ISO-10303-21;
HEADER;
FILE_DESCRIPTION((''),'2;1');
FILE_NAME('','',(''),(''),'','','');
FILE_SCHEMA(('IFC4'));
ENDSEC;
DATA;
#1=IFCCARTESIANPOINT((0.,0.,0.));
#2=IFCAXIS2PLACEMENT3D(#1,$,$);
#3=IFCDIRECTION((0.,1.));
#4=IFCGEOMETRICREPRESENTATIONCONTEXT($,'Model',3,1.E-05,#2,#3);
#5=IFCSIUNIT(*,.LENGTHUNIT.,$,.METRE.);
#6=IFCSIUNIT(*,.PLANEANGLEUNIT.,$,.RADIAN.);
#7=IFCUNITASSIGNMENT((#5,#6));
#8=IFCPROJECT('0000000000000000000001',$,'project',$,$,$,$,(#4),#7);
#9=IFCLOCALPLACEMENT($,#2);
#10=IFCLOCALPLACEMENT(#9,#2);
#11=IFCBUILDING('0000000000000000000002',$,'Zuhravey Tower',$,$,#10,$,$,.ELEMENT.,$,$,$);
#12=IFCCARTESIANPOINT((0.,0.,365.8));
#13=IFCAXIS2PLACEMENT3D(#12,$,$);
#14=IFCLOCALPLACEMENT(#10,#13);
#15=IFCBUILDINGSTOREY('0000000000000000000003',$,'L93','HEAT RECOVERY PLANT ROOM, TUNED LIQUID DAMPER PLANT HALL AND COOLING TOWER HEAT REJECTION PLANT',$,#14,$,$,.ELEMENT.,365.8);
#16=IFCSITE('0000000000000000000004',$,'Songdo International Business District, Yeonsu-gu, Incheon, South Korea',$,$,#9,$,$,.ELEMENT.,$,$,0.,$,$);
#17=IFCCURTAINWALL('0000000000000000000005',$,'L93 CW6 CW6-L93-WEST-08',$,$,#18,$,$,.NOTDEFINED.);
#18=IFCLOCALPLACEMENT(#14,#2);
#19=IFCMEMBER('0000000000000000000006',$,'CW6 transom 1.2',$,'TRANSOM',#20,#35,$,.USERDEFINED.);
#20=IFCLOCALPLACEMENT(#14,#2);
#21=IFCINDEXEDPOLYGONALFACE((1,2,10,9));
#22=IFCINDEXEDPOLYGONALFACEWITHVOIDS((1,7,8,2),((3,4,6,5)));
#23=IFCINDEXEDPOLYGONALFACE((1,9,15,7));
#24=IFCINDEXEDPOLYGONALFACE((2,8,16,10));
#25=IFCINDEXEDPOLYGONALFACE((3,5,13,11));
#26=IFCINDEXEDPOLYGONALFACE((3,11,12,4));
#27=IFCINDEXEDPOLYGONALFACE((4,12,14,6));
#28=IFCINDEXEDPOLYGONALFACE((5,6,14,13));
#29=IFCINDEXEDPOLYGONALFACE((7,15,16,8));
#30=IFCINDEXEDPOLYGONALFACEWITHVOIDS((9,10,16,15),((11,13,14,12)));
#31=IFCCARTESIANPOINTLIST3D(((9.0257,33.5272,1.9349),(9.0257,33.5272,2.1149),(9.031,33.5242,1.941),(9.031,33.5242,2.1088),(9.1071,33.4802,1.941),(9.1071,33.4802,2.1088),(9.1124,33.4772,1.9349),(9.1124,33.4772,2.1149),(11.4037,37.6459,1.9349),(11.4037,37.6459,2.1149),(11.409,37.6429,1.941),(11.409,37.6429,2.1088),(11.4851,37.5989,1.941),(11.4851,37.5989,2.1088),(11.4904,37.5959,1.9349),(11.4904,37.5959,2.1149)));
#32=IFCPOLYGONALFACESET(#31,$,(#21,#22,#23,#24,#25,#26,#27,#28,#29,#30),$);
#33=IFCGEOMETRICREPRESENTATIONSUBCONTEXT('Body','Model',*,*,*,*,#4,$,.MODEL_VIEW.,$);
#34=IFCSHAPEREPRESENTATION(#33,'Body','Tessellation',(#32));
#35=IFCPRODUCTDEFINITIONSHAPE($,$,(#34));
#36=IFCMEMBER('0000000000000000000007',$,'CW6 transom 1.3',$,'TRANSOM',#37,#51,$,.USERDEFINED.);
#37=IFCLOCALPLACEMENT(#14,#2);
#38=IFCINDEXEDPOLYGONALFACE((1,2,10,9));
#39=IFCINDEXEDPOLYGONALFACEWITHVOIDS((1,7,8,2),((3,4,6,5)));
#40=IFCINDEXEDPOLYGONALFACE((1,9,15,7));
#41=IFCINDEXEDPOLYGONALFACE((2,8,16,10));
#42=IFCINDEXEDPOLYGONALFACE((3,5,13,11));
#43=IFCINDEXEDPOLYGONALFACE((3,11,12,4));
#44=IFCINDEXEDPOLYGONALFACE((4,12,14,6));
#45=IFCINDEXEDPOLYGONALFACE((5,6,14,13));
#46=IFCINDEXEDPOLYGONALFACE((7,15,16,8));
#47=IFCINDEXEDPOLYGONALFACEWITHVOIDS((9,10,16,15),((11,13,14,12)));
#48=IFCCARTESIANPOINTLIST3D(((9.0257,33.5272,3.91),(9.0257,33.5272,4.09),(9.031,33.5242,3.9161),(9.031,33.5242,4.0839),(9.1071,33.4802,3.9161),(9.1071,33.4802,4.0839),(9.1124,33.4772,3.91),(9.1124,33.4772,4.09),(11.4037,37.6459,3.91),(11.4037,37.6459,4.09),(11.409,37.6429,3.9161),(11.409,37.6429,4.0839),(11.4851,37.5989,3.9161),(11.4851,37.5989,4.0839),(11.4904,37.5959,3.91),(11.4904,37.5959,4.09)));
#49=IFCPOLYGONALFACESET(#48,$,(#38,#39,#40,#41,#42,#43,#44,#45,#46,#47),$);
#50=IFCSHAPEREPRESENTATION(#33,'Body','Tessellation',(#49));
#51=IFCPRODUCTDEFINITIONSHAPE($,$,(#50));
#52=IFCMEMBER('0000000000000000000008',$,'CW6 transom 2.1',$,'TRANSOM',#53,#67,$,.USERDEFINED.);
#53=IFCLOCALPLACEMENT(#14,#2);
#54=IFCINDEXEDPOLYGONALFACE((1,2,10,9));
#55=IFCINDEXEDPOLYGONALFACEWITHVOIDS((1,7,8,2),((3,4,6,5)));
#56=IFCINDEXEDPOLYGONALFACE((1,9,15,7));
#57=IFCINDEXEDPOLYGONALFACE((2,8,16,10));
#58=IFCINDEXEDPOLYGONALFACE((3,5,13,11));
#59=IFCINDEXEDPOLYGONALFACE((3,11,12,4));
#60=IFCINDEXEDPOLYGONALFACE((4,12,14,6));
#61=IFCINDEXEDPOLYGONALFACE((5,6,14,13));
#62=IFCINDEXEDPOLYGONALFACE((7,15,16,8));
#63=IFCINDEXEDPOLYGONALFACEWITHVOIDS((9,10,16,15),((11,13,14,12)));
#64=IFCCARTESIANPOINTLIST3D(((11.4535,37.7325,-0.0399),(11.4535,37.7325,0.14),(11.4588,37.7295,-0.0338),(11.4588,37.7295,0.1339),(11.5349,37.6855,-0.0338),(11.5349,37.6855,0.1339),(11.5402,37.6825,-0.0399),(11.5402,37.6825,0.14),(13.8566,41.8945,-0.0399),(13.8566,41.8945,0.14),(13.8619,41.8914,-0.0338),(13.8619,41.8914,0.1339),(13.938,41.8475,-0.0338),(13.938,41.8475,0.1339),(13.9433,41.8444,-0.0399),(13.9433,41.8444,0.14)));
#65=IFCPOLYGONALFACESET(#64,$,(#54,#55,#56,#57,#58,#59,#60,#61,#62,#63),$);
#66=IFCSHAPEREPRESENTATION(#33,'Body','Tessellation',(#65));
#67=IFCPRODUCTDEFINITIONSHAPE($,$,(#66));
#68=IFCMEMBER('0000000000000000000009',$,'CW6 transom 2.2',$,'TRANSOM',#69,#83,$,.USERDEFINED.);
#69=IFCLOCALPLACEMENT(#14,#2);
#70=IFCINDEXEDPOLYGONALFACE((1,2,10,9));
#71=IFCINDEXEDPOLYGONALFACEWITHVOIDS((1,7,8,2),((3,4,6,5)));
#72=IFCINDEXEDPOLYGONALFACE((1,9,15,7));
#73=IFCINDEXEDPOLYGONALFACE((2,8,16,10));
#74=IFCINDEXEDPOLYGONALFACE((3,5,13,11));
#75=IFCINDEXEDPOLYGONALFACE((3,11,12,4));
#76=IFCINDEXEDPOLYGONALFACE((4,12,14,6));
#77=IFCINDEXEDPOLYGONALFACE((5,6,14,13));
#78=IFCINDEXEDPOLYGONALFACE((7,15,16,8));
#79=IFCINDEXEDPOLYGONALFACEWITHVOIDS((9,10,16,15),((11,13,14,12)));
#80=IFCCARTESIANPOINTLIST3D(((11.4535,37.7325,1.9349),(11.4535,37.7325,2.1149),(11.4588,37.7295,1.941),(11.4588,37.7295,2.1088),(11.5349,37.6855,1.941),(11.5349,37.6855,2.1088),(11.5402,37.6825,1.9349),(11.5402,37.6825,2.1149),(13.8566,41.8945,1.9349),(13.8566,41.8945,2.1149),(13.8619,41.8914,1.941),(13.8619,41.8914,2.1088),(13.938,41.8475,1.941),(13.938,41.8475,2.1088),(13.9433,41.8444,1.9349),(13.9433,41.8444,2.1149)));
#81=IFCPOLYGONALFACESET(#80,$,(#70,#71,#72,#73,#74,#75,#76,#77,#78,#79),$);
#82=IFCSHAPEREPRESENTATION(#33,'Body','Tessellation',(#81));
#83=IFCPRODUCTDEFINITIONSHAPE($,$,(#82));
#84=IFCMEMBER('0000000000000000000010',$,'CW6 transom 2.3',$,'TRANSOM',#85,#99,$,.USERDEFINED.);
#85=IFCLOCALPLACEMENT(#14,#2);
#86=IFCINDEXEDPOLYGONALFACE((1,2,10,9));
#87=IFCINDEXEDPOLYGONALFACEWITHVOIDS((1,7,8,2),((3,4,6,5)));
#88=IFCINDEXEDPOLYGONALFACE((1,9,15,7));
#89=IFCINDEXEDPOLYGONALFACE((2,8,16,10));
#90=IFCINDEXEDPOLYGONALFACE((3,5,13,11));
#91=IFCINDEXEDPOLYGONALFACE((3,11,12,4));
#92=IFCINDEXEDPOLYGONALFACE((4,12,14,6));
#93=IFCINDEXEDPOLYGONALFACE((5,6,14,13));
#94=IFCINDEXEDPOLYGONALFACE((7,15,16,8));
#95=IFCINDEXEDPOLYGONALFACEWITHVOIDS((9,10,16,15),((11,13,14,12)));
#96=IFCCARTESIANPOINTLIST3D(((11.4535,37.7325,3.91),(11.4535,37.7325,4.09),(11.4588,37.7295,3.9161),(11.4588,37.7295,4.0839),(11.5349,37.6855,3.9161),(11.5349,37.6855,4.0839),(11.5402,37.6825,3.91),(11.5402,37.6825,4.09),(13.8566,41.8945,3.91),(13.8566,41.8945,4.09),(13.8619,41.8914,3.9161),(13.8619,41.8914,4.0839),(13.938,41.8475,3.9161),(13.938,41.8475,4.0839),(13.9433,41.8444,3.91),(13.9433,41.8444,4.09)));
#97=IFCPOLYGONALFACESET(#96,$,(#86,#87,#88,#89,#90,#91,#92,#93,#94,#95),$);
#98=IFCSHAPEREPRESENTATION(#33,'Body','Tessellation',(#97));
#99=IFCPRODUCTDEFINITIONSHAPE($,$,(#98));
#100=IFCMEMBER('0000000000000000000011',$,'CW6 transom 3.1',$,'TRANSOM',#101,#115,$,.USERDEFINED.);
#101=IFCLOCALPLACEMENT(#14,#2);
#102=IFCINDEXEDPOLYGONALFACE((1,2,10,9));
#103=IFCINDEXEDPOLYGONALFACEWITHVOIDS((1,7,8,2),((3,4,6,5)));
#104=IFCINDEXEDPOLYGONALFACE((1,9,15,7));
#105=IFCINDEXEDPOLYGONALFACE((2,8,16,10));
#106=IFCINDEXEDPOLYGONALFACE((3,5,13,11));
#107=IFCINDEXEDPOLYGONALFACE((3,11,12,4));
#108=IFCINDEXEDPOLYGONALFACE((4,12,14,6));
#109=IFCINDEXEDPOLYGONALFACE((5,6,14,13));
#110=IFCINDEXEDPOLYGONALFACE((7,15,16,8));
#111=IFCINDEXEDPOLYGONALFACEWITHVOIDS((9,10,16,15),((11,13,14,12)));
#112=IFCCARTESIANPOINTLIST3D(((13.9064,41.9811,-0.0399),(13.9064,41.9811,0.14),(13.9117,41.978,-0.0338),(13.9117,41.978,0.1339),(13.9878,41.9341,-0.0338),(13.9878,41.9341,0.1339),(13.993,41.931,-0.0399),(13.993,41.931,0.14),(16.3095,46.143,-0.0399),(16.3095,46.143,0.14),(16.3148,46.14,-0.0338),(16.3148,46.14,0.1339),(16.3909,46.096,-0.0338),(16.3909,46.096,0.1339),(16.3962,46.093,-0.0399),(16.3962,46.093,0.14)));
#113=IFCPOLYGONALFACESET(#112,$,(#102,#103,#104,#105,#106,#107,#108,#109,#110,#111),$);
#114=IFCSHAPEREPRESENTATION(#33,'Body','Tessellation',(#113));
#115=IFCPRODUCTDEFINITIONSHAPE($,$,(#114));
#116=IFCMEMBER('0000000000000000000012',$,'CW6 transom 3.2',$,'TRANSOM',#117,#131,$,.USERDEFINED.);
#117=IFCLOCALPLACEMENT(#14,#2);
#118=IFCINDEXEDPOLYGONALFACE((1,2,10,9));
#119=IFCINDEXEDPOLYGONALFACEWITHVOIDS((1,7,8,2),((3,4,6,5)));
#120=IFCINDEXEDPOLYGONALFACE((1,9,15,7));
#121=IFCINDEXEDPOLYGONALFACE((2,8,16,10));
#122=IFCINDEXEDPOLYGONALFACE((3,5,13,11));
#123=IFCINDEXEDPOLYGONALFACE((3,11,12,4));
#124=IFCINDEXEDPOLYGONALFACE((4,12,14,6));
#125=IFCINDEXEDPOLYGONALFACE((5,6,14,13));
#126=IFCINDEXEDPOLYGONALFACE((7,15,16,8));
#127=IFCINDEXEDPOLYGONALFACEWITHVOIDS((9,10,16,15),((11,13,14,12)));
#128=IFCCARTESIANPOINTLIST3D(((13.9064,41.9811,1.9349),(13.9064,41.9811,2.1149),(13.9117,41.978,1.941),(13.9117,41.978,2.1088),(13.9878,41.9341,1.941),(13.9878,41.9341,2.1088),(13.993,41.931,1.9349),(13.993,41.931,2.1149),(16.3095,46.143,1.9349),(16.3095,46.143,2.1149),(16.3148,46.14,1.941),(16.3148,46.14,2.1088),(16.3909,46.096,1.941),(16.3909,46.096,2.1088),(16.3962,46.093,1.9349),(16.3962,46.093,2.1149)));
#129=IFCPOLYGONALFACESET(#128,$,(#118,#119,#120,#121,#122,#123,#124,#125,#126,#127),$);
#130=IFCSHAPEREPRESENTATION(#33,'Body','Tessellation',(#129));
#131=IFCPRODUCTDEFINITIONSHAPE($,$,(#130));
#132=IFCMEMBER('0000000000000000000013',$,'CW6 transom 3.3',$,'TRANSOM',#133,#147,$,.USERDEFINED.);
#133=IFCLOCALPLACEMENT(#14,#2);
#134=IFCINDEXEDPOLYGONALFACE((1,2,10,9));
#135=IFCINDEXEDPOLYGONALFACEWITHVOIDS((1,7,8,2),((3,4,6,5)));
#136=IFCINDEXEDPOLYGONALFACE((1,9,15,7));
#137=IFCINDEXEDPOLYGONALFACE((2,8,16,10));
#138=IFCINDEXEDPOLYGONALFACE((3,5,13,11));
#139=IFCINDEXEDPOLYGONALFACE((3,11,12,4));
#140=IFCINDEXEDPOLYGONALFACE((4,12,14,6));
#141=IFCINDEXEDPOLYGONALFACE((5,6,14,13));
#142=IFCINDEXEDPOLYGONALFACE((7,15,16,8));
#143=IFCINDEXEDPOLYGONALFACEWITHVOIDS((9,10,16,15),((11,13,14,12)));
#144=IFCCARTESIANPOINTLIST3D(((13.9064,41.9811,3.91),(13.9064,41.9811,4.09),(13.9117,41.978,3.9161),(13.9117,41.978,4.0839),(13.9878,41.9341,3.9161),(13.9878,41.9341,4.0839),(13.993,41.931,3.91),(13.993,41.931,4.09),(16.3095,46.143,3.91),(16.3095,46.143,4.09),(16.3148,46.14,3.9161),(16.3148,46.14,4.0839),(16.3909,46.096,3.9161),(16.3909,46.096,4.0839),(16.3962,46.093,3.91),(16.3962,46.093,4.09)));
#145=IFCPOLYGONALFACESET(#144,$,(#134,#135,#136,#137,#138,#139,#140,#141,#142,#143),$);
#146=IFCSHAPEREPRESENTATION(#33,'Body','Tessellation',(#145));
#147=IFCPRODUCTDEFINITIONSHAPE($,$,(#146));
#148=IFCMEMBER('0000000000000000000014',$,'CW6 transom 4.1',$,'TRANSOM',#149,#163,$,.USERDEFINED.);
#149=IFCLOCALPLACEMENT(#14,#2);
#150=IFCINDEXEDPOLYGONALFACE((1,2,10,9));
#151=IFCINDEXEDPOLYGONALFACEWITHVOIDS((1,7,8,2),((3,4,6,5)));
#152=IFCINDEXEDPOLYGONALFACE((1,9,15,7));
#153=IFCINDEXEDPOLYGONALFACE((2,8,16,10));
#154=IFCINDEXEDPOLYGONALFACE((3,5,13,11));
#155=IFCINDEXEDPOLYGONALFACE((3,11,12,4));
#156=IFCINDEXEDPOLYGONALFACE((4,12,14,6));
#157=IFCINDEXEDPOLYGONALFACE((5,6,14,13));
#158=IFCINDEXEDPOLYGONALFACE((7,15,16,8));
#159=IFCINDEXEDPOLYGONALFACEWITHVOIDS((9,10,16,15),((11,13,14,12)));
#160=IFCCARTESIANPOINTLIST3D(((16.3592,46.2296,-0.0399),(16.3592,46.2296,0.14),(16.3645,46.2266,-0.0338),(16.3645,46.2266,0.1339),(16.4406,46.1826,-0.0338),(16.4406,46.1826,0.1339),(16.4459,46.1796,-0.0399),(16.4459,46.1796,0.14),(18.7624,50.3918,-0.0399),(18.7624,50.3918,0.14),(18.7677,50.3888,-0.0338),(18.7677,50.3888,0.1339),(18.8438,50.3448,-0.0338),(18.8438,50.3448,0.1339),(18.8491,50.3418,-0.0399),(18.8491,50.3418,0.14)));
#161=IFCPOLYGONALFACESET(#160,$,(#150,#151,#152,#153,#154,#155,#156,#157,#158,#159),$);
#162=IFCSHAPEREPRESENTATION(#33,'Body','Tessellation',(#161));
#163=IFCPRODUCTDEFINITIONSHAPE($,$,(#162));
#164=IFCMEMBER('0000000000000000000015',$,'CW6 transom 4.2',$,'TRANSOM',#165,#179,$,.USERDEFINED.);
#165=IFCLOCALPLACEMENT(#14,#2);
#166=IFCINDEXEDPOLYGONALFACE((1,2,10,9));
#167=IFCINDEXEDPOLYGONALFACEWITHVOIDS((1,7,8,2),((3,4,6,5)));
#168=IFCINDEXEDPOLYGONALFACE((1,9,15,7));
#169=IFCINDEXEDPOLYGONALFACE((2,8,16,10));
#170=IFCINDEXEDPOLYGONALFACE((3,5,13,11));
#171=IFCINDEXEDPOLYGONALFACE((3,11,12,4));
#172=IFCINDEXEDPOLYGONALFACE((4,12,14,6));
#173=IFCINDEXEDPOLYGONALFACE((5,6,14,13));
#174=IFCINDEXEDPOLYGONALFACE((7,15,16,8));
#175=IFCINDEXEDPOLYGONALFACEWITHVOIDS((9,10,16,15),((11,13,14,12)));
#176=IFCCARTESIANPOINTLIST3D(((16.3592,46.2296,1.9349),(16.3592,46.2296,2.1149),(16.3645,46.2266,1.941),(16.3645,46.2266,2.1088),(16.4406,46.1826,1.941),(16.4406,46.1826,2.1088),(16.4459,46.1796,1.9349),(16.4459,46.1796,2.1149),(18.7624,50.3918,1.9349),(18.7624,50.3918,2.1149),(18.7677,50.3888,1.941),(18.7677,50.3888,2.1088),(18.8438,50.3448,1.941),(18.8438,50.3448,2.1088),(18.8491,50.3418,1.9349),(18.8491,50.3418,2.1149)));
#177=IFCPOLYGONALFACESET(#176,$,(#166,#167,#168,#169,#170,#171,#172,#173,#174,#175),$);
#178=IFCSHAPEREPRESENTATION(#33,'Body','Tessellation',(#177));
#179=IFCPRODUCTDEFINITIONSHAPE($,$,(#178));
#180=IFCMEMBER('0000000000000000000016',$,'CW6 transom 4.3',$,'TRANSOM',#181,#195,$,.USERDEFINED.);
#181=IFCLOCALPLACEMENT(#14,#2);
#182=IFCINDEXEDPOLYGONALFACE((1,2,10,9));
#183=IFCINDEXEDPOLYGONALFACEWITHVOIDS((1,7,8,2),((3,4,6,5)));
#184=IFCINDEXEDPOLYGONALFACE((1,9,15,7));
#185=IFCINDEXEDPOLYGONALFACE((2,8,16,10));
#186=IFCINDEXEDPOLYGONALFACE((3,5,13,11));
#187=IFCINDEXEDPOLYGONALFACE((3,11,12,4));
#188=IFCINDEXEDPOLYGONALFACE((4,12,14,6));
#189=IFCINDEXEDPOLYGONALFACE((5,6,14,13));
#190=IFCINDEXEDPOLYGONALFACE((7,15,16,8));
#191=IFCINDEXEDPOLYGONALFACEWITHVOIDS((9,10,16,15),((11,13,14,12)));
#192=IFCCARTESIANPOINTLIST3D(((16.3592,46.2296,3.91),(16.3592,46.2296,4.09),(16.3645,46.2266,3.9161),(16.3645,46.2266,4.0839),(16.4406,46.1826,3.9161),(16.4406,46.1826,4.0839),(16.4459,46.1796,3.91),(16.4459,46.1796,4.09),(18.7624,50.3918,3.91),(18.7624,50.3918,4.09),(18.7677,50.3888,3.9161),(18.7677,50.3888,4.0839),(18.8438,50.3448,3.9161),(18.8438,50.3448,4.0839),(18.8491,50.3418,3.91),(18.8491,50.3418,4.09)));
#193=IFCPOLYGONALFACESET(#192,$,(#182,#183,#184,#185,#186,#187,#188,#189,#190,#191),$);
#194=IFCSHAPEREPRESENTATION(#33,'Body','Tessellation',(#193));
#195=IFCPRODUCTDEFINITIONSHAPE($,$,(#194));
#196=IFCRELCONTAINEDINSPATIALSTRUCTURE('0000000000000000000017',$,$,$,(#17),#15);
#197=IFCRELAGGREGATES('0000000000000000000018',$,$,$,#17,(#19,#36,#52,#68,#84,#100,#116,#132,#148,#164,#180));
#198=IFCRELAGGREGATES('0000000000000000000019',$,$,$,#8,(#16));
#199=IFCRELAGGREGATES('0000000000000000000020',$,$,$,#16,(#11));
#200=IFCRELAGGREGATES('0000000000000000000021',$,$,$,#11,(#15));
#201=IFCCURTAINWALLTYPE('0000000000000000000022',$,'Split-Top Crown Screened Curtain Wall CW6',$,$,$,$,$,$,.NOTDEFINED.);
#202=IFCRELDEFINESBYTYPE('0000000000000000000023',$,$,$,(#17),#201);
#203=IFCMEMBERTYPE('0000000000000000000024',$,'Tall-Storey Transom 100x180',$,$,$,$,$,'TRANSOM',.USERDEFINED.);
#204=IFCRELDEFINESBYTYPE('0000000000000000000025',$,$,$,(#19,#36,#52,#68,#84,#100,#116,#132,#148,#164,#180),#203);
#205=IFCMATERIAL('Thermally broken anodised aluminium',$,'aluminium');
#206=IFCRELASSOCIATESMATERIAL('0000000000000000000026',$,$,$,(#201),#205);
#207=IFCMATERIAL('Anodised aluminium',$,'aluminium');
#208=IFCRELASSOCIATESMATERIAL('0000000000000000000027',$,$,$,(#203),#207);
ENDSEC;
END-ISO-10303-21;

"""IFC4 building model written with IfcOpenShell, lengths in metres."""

from ifc_helpers import new_model, si_unit, direction, frame, origin, origin_2d, place, context, subcontext, project, spatial, hollow_rectangle, extrude, material, material_profile, profile_set, type_object, element, aggregate, save


model = new_model("IFC4")

# Units and contexts
model_context = context("Model", 3, precision=1e-05, world=origin(), true_north=direction((0.0, 1.0)))
body_context = subcontext(model_context, "Body", "Model", "MODEL_VIEW")
ifc_project = project(units=[si_unit("LENGTHUNIT", "METRE"), si_unit("PLANEANGLEUNIT", "RADIAN")], contexts=[model_context])

# Site, building, storey
site_placement = place(None, origin())
site = spatial("IfcSite", under=ifc_project, at=site_placement, Name="Songdo International Business District, Yeonsu-gu, Incheon, South Korea", CompositionType="ELEMENT", RefElevation=0.0)
building_placement = place(site_placement, origin())
building = spatial("IfcBuilding", under=site, at=building_placement, Name="Zuhravey Tower", CompositionType="ELEMENT")
storey_placement = place(building_placement, frame((0.0, 0.0, 365.8)))
storey = spatial("IfcBuildingStorey", under=building, at=storey_placement, Name="L93", Description="HEAT RECOVERY PLANT ROOM, TUNED LIQUID DAMPER PLANT HALL AND COOLING TOWER HEAT REJECTION PLANT", CompositionType="ELEMENT", Elevation=365.8)

# Shared definitions
ifc_material_1 = material(Name="Thermally broken anodised aluminium", Category="aluminium")
curtain_wall_type = type_object("IfcCurtainWallType", Name="Split-Top Crown Screened Curtain Wall CW6", PredefinedType="NOTDEFINED", material=ifc_material_1)
ifc_material_2 = material(Name="Anodised aluminium", Category="aluminium")

# Curtain wall
curtain_wall_1_placement = place(storey_placement, origin())
curtain_wall_1 = element("IfcCurtainWall", 1, at=curtain_wall_1_placement, inside=storey, type_object=curtain_wall_type, Name="L93 CW6 CW6-L93-WEST-08", PredefinedType="NOTDEFINED")

# Members
ifc_material_profile_1 = material_profile(ifc_material_2, hollow_rectangle(XDim=0.1001, YDim=0.1799, WallThickness=0.0061, at=origin_2d()), Name="ALU-RHS-100x180x6")
ifc_profile_set_1 = profile_set([ifc_material_profile_1], Name="Anodised aluminium")
member_type_1 = type_object("IfcMemberType", Name="Tall-Storey Transom 100x180", ElementType="TRANSOM", PredefinedType="USERDEFINED", material=ifc_profile_set_1)
member_1_placement = place(storey_placement, frame((9.0691, 33.5022, 2.0249), z_axis=(0.500004, 0.866023, 0.0), x_axis=(-0.866023, 0.500004, 0.0)))
member_1 = element("IfcMember", 2, at=member_1_placement, type_object=member_type_1, Name="CW6 transom 1.2", ObjectType="TRANSOM", PredefinedType="USERDEFINED", context=body_context, shape_type="SweptSolid", body=[
    extrude(hollow_rectangle(XDim=0.1001, YDim=0.1799, WallThickness=0.0061, at=origin_2d()), origin(), (0.0, 0.0, 1.0), 4.7559),
])
member_2_placement = place(storey_placement, frame((9.0691, 33.5022, 4.0), z_axis=(0.500004, 0.866023, 0.0), x_axis=(-0.866023, 0.500004, 0.0)))
member_2 = element("IfcMember", 3, at=member_2_placement, type_object=member_type_1, Name="CW6 transom 1.3", ObjectType="TRANSOM", PredefinedType="USERDEFINED", context=body_context, shape_type="SweptSolid", body=[
    extrude(hollow_rectangle(XDim=0.1001, YDim=0.1799, WallThickness=0.0061, at=origin_2d()), origin(), (0.0, 0.0, 1.0), 4.7559),
])
member_3_placement = place(storey_placement, frame((11.4968, 37.7075, 0.05), z_axis=(0.500035, 0.866005, 0.0), x_axis=(-0.866005, 0.500035, 0.0)))
member_3 = element("IfcMember", 4, at=member_3_placement, type_object=member_type_1, Name="CW6 transom 2.1", ObjectType="TRANSOM", PredefinedType="USERDEFINED", context=body_context, shape_type="SweptSolid", body=[
    extrude(hollow_rectangle(XDim=0.1001, YDim=0.1799, WallThickness=0.0061, at=origin_2d()), origin(), (0.0, 0.0, 1.0), 4.8059),
])
member_4_placement = place(storey_placement, frame((11.4968, 37.7075, 2.0249), z_axis=(0.500035, 0.866005, 0.0), x_axis=(-0.866005, 0.500035, 0.0)))
member_4 = element("IfcMember", 5, at=member_4_placement, type_object=member_type_1, Name="CW6 transom 2.2", ObjectType="TRANSOM", PredefinedType="USERDEFINED", context=body_context, shape_type="SweptSolid", body=[
    extrude(hollow_rectangle(XDim=0.1001, YDim=0.1799, WallThickness=0.0061, at=origin_2d()), origin(), (0.0, 0.0, 1.0), 4.8059),
])
member_5_placement = place(storey_placement, frame((11.4968, 37.7075, 4.0), z_axis=(0.500035, 0.866005, 0.0), x_axis=(-0.866005, 0.500035, 0.0)))
member_5 = element("IfcMember", 6, at=member_5_placement, type_object=member_type_1, Name="CW6 transom 2.3", ObjectType="TRANSOM", PredefinedType="USERDEFINED", context=body_context, shape_type="SweptSolid", body=[
    extrude(hollow_rectangle(XDim=0.1001, YDim=0.1799, WallThickness=0.0061, at=origin_2d()), origin(), (0.0, 0.0, 1.0), 4.8059),
])
member_6_placement = place(storey_placement, frame((13.9497, 41.9561, 0.05), z_axis=(0.500035, 0.866005, 0.0), x_axis=(-0.866005, 0.500035, 0.0)))
member_6 = element("IfcMember", 7, at=member_6_placement, type_object=member_type_1, Name="CW6 transom 3.1", ObjectType="TRANSOM", PredefinedType="USERDEFINED", context=body_context, shape_type="SweptSolid", body=[
    extrude(hollow_rectangle(XDim=0.1001, YDim=0.1799, WallThickness=0.0061, at=origin_2d()), origin(), (0.0, 0.0, 1.0), 4.8059),
])
member_7_placement = place(storey_placement, frame((13.9497, 41.9561, 2.0249), z_axis=(0.500035, 0.866005, 0.0), x_axis=(-0.866005, 0.500035, 0.0)))
member_7 = element("IfcMember", 8, at=member_7_placement, type_object=member_type_1, Name="CW6 transom 3.2", ObjectType="TRANSOM", PredefinedType="USERDEFINED", context=body_context, shape_type="SweptSolid", body=[
    extrude(hollow_rectangle(XDim=0.1001, YDim=0.1799, WallThickness=0.0061, at=origin_2d()), origin(), (0.0, 0.0, 1.0), 4.8059),
])
member_8_placement = place(storey_placement, frame((13.9497, 41.9561, 4.0), z_axis=(0.500035, 0.866005, 0.0), x_axis=(-0.866005, 0.500035, 0.0)))
member_8 = element("IfcMember", 9, at=member_8_placement, type_object=member_type_1, Name="CW6 transom 3.3", ObjectType="TRANSOM", PredefinedType="USERDEFINED", context=body_context, shape_type="SweptSolid", body=[
    extrude(hollow_rectangle(XDim=0.1001, YDim=0.1799, WallThickness=0.0061, at=origin_2d()), origin(), (0.0, 0.0, 1.0), 4.8059),
])
member_9_placement = place(storey_placement, frame((16.4026, 46.2046, 0.05), z_axis=(0.500013, 0.866018, 0.0), x_axis=(-0.866018, 0.500013, 0.0)))
member_9 = element("IfcMember", 10, at=member_9_placement, type_object=member_type_1, Name="CW6 transom 4.1", ObjectType="TRANSOM", PredefinedType="USERDEFINED", context=body_context, shape_type="SweptSolid", body=[
    extrude(hollow_rectangle(XDim=0.1001, YDim=0.1799, WallThickness=0.0061, at=origin_2d()), origin(), (0.0, 0.0, 1.0), 4.8062),
])
member_10_placement = place(storey_placement, frame((16.4026, 46.2046, 2.0249), z_axis=(0.500013, 0.866018, 0.0), x_axis=(-0.866018, 0.500013, 0.0)))
member_10 = element("IfcMember", 11, at=member_10_placement, type_object=member_type_1, Name="CW6 transom 4.2", ObjectType="TRANSOM", PredefinedType="USERDEFINED", context=body_context, shape_type="SweptSolid", body=[
    extrude(hollow_rectangle(XDim=0.1001, YDim=0.1799, WallThickness=0.0061, at=origin_2d()), origin(), (0.0, 0.0, 1.0), 4.8062),
])
member_11_placement = place(storey_placement, frame((16.4026, 46.2046, 4.0), z_axis=(0.500013, 0.866018, 0.0), x_axis=(-0.866018, 0.500013, 0.0)))
member_11 = element("IfcMember", 12, at=member_11_placement, type_object=member_type_1, Name="CW6 transom 4.3", ObjectType="TRANSOM", PredefinedType="USERDEFINED", context=body_context, shape_type="SweptSolid", body=[
    extrude(hollow_rectangle(XDim=0.1001, YDim=0.1799, WallThickness=0.0061, at=origin_2d()), origin(), (0.0, 0.0, 1.0), 4.8062),
])

aggregate(curtain_wall_1, [member_1, member_2, member_3, member_4, member_5, member_6, member_7, member_8, member_9, member_10, member_11])

save(model, "model.ifc")
